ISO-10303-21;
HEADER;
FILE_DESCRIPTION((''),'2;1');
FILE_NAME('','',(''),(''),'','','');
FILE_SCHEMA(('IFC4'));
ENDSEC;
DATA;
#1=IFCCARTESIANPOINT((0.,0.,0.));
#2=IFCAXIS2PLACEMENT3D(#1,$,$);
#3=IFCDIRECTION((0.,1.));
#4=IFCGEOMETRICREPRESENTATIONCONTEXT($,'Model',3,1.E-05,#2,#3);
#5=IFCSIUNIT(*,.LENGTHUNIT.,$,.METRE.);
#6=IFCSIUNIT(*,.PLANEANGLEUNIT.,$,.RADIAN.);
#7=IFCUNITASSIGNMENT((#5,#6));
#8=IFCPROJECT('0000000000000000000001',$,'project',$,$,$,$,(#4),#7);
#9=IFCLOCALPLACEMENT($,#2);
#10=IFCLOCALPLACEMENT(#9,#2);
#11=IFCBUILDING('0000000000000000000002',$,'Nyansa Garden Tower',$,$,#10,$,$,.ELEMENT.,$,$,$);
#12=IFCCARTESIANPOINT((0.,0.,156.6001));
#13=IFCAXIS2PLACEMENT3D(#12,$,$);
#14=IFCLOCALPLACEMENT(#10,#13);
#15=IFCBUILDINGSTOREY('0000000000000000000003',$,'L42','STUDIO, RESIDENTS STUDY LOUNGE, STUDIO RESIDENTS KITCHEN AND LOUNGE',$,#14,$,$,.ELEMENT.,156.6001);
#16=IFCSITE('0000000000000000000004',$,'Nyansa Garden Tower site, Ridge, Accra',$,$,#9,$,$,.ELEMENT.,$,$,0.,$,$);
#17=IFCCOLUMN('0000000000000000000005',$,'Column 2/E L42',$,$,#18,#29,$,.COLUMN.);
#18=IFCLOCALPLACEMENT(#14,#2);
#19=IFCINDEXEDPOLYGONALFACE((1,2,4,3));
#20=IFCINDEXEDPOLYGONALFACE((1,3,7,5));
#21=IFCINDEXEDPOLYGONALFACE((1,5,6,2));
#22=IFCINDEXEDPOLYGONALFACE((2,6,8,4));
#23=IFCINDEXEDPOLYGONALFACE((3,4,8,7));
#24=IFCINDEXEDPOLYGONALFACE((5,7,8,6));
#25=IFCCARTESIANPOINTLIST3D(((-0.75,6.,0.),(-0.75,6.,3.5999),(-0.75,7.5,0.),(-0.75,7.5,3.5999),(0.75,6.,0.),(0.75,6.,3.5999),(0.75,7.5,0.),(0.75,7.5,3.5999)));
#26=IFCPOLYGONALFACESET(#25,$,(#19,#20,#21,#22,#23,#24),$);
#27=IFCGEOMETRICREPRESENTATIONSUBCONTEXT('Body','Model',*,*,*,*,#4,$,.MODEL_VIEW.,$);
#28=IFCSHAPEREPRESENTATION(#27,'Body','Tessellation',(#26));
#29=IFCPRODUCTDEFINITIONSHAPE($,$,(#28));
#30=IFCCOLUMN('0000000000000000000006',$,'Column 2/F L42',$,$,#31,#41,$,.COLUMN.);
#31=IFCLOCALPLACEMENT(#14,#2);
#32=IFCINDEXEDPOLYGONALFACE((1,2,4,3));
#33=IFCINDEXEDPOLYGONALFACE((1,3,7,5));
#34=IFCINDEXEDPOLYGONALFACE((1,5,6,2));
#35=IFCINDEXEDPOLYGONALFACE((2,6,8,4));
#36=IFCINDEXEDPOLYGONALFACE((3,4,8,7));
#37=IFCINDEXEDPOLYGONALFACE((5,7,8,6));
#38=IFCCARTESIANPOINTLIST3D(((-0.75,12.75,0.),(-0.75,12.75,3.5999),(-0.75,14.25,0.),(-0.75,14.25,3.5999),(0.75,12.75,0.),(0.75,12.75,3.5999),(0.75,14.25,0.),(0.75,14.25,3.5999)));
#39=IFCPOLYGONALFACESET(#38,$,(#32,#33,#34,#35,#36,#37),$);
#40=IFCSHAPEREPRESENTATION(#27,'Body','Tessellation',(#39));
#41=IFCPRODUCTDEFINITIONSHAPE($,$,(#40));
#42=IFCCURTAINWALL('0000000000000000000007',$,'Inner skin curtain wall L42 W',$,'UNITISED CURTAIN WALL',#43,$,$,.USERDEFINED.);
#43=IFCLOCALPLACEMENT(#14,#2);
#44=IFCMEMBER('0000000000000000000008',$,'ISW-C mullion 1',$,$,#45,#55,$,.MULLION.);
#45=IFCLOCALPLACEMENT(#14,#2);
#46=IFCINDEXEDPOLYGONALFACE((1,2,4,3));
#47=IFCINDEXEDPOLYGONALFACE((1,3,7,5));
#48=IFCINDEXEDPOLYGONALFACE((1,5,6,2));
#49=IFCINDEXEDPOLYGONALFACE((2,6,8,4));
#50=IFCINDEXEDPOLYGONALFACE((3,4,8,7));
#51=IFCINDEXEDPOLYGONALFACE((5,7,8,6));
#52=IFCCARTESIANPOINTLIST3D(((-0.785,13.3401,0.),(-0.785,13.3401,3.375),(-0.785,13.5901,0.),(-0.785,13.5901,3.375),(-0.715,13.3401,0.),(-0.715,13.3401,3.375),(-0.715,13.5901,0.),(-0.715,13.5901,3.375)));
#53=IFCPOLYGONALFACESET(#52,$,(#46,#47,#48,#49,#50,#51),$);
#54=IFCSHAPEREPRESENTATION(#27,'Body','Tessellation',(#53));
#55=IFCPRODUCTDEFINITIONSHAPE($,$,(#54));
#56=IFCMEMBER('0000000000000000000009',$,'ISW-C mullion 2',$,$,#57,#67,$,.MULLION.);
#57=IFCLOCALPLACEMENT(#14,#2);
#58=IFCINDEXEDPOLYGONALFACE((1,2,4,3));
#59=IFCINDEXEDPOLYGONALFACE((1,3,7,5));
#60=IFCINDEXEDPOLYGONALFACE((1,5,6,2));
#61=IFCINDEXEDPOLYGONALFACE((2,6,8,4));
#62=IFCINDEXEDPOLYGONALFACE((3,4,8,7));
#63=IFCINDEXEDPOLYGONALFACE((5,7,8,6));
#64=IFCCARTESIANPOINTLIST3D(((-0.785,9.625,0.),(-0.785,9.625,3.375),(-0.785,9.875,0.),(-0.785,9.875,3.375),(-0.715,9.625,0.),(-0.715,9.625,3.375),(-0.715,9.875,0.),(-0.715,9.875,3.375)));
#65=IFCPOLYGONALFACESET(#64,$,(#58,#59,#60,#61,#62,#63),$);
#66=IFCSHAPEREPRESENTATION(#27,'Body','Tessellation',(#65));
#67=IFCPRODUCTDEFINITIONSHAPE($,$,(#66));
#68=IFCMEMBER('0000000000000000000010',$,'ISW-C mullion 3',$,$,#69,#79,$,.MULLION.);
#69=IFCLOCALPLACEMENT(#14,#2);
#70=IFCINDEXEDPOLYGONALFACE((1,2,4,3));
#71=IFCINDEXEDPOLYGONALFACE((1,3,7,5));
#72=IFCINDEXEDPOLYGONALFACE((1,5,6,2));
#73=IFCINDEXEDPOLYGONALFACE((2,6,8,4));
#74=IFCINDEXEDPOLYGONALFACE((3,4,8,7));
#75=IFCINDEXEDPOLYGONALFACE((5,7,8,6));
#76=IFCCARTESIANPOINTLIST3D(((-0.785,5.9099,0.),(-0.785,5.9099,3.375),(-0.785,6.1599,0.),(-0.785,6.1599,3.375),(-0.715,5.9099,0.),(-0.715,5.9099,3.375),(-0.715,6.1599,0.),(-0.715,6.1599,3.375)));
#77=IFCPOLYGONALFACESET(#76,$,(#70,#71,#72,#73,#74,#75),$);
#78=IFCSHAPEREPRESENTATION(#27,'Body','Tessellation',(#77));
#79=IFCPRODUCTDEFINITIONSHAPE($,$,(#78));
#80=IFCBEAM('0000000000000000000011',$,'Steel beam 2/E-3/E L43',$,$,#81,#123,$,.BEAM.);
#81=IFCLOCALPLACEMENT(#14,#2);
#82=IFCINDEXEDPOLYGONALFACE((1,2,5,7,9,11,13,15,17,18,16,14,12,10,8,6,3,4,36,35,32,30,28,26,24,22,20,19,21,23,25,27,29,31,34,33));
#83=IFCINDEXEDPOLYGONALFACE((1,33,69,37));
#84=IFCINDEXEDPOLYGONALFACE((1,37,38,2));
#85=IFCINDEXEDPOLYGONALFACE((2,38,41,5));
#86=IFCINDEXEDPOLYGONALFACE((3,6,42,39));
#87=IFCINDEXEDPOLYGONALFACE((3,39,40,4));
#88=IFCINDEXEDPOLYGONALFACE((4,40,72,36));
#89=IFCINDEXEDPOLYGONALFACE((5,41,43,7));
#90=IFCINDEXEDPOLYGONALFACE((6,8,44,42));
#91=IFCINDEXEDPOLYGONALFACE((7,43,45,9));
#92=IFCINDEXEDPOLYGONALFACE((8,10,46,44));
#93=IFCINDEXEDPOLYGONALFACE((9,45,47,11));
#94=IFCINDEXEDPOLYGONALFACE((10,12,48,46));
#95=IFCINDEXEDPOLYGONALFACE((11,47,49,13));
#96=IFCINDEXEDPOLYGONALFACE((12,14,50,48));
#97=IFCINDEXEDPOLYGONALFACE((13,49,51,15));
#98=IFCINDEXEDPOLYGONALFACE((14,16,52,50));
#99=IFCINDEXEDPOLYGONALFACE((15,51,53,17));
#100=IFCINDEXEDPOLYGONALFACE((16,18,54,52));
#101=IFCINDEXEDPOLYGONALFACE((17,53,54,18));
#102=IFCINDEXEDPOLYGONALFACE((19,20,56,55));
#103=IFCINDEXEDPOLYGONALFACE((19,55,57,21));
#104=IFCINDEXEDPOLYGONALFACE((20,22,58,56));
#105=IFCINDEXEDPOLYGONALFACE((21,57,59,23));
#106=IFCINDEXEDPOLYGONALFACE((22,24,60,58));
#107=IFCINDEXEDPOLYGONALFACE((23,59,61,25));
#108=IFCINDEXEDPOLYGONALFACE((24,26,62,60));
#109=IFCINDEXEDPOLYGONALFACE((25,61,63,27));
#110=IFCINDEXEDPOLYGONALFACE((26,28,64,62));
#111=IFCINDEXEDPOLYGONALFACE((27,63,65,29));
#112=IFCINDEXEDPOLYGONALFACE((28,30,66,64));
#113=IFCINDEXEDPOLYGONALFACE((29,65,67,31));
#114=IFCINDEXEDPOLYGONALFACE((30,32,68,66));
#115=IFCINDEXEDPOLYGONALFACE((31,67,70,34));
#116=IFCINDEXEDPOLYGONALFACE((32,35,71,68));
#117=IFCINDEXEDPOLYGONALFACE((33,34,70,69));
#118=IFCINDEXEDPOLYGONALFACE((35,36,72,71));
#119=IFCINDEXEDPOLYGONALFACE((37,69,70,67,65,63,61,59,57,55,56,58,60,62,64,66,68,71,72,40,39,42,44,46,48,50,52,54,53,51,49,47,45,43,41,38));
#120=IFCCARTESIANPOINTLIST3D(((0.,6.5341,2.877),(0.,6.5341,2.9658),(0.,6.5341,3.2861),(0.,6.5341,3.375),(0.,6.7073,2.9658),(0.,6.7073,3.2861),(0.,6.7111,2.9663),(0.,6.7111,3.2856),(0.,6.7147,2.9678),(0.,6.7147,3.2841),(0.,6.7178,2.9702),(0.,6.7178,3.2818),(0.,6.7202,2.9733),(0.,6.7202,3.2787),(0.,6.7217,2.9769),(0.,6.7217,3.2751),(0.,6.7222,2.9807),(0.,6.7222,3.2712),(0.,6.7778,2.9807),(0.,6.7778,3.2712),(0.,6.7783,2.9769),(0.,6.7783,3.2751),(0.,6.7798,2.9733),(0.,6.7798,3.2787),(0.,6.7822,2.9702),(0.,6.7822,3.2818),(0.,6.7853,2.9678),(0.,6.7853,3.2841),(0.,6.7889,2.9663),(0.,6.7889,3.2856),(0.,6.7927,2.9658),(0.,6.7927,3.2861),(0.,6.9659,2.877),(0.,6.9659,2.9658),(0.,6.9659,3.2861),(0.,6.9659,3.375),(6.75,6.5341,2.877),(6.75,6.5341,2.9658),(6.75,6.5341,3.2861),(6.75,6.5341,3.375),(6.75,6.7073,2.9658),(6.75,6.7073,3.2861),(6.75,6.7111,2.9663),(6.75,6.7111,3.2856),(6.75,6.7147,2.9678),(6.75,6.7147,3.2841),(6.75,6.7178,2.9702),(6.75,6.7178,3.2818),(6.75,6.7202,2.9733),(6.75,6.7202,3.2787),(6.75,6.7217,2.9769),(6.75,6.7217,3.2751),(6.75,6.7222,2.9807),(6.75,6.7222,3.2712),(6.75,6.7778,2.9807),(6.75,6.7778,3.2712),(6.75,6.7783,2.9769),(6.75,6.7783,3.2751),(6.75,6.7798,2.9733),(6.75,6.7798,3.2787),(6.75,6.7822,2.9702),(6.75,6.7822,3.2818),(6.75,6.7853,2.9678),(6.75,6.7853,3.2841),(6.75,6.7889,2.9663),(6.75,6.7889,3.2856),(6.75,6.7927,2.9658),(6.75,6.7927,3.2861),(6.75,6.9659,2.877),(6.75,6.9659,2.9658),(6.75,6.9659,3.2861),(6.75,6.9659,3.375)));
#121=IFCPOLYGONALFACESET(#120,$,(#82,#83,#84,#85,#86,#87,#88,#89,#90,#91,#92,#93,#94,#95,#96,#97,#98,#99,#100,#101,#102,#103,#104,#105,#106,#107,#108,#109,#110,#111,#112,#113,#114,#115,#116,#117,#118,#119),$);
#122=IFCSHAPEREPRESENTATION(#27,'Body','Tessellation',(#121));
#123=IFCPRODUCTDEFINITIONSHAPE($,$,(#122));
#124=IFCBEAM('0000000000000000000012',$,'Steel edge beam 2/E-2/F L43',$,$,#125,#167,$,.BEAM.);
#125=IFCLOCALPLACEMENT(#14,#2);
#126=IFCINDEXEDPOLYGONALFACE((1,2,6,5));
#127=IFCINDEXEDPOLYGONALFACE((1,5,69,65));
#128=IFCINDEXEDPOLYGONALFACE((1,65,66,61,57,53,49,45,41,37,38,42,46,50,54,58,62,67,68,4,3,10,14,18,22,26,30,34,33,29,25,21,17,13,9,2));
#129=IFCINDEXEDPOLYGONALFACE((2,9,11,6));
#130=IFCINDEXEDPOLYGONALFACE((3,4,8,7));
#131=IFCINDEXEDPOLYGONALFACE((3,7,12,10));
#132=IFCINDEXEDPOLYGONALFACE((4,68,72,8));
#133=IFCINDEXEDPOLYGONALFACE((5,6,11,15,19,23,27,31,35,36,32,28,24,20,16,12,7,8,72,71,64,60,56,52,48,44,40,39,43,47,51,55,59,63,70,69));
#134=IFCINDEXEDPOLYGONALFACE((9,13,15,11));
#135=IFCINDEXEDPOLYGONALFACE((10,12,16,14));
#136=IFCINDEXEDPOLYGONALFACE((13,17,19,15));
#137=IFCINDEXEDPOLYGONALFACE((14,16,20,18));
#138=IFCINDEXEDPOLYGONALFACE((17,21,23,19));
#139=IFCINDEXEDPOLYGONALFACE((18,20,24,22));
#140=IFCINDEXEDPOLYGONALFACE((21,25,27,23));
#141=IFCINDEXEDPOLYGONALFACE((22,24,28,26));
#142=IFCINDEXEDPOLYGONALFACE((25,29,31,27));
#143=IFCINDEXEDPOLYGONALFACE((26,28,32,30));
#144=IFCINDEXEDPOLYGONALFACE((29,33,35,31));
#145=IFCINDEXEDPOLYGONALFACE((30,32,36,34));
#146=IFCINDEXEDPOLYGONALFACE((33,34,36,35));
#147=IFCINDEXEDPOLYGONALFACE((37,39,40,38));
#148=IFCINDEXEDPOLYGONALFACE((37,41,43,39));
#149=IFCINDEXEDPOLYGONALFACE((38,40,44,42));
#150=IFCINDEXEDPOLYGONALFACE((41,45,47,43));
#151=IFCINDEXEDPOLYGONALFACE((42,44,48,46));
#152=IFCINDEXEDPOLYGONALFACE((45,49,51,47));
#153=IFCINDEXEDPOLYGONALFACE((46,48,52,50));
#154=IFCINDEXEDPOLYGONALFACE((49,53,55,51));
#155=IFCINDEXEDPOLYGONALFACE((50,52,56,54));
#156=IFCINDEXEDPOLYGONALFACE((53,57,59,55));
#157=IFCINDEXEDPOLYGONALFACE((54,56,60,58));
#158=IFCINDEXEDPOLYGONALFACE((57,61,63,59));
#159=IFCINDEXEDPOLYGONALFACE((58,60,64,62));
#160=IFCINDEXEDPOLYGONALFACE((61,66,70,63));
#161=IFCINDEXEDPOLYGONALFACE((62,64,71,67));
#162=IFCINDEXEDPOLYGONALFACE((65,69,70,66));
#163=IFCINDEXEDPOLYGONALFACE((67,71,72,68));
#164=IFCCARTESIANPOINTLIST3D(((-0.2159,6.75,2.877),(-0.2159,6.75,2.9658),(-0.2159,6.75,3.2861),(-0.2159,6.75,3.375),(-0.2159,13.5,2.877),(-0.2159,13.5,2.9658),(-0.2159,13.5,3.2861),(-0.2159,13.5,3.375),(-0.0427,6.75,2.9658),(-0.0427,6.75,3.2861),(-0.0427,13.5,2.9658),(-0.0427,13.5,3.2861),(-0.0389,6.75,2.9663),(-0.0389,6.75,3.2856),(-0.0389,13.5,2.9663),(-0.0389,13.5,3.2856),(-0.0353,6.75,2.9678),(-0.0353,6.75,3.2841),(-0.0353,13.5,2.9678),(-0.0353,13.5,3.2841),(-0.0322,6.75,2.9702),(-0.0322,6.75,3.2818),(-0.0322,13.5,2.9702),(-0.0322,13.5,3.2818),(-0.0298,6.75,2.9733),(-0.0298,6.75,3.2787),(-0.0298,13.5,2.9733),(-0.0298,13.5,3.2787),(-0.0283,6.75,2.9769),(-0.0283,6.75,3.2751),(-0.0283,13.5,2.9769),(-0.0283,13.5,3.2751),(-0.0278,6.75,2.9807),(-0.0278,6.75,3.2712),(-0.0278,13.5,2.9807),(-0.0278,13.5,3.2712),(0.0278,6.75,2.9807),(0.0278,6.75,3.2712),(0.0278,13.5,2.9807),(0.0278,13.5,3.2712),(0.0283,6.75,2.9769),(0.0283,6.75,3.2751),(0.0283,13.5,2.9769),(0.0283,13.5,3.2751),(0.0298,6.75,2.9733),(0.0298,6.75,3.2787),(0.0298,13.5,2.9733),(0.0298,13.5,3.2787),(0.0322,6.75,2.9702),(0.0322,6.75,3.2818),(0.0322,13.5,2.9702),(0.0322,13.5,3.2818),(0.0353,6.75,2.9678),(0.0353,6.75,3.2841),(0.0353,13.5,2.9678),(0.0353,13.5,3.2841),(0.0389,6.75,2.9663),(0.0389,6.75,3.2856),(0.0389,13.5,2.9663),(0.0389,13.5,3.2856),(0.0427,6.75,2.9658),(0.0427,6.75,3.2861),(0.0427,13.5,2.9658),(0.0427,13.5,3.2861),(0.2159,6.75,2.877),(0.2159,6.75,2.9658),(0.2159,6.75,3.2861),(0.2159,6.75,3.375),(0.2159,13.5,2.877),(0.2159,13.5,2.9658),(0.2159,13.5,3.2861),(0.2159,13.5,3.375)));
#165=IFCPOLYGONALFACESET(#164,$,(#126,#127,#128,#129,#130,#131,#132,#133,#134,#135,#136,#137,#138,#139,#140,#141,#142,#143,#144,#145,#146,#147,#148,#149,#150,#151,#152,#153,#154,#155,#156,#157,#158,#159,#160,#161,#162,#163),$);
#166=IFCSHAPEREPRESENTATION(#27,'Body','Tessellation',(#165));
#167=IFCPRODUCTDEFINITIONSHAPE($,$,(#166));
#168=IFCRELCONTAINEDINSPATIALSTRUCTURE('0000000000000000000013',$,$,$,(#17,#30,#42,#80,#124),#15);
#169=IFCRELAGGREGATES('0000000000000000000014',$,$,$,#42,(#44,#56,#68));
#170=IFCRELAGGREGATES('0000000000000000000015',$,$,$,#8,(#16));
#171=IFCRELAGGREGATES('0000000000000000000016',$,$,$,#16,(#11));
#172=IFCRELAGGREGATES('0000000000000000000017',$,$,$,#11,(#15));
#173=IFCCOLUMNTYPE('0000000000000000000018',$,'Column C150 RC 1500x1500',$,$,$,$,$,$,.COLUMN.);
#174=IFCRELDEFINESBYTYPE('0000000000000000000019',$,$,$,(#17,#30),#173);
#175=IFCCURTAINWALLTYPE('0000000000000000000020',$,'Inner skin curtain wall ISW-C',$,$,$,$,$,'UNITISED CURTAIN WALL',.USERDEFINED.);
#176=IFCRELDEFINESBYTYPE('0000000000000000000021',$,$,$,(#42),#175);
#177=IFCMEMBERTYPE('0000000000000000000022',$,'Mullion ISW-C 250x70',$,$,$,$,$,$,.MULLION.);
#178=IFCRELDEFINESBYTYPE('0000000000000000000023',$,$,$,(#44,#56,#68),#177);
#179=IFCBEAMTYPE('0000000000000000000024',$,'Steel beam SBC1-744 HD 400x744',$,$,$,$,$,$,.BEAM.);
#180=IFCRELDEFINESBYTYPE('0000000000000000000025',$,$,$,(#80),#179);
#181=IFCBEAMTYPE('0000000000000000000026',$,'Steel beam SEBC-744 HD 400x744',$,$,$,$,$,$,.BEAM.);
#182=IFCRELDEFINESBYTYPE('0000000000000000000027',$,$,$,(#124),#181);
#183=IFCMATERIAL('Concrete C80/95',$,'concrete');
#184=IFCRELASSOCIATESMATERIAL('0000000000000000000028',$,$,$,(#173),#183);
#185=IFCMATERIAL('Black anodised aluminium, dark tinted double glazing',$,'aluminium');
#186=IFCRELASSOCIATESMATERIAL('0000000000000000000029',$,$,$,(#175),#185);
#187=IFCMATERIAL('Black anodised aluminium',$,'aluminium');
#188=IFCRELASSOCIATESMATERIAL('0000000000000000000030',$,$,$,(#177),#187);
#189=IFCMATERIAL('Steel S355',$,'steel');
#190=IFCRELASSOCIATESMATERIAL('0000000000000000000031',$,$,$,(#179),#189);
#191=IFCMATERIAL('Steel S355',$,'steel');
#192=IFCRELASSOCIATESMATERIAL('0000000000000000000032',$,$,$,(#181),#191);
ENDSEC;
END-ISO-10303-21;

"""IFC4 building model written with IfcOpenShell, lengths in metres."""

from ifc_helpers import new_model, si_unit, direction, frame, origin, origin_2d, place, context, subcontext, project, spatial, rectangle, i_section, extrude, material, material_profile, profile_set, type_object, element, aggregate, save


model = new_model("IFC4")

# Units and contexts
model_context = context("Model", 3, precision=1e-05, world=origin(), true_north=direction((0.0, 1.0)))
body_context = subcontext(model_context, "Body", "Model", "MODEL_VIEW")
ifc_project = project(units=[si_unit("LENGTHUNIT", "METRE"), si_unit("PLANEANGLEUNIT", "RADIAN")], contexts=[model_context])

# Site, building, storey
site_placement = place(None, origin())
site = spatial("IfcSite", under=ifc_project, at=site_placement, Name="Nyansa Garden Tower site, Ridge, Accra", CompositionType="ELEMENT", RefElevation=0.0)
building_placement = place(site_placement, origin())
building = spatial("IfcBuilding", under=site, at=building_placement, Name="Nyansa Garden Tower", CompositionType="ELEMENT")
storey_placement = place(building_placement, frame((0.0, 0.0, 156.6001)))
storey = spatial("IfcBuildingStorey", under=building, at=storey_placement, Name="L42", Description="STUDIO, RESIDENTS STUDY LOUNGE, STUDIO RESIDENTS KITCHEN AND LOUNGE", CompositionType="ELEMENT", Elevation=156.6001)

# Columns
ifc_material_1 = material(Name="Concrete C80/95", Category="concrete")
ifc_material_profile_1 = material_profile(ifc_material_1, rectangle(XDim=1.5, YDim=1.5, at=origin_2d()), Name="RC 1500x1500")
ifc_profile_set_1 = profile_set([ifc_material_profile_1], Name="Concrete C80/95")
column_type = type_object("IfcColumnType", Name="Column C150 RC 1500x1500", PredefinedType="COLUMN", material=ifc_profile_set_1)
for number, where, z_axis, x_axis, name in (
    (1, (0.0, 6.75, 0.0), (0.0, 0.0, 1.0), (1.0, 0.0, 0.0), "Column 2/E L42"),
    (2, (0.0, 13.5, 0.0), (0.0, 0.0, 1.0), (1.0, 0.0, 0.0), "Column 2/F L42"),
):
    element("IfcColumn", number, at=place(storey_placement, frame(where, z_axis=z_axis, x_axis=x_axis)), inside=storey, type_object=column_type, Name=name, PredefinedType="COLUMN", context=body_context, shape_type="SweptSolid", body=[
        extrude(rectangle(XDim=1.5, YDim=1.5, at=origin_2d()), origin(), (0.0, 0.0, 1.0), 3.5999),
    ])

# Curtain wall, members
ifc_material_2 = material(Name="Black anodised aluminium, dark tinted double glazing", Category="aluminium")
curtain_wall_type = type_object("IfcCurtainWallType", Name="Inner skin curtain wall ISW-C", ElementType="UNITISED CURTAIN WALL", PredefinedType="USERDEFINED", material=ifc_material_2)
curtain_wall_placement = place(storey_placement, origin())
curtain_wall = element("IfcCurtainWall", 3, at=curtain_wall_placement, inside=storey, type_object=curtain_wall_type, Name="Inner skin curtain wall L42 W", ObjectType="UNITISED CURTAIN WALL", PredefinedType="USERDEFINED")
ifc_material_3 = material(Name="Black anodised aluminium", Category="aluminium")
ifc_material_profile_2 = material_profile(ifc_material_3, rectangle(XDim=0.0701, YDim=0.25, at=origin_2d()), Name="Mullion 250x70")
ifc_profile_set_2 = profile_set([ifc_material_profile_2], Name="Black anodised aluminium")
member_type_1 = type_object("IfcMemberType", Name="Mullion ISW-C 250x70", PredefinedType="MULLION", material=ifc_profile_set_2)
member_1_placement = place(storey_placement, frame((-0.75, 13.4651, 0.0), z_axis=(0.0, 0.0, 1.0), x_axis=(1.0, 0.0, 0.0)))
member_1 = element("IfcMember", 4, at=member_1_placement, type_object=member_type_1, Name="ISW-C mullion 1", PredefinedType="MULLION", context=body_context, shape_type="SweptSolid", body=[
    extrude(rectangle(XDim=0.0701, YDim=0.25, at=origin_2d()), origin(), (0.0, 0.0, 1.0), 3.375),
])
member_2_placement = place(storey_placement, frame((-0.75, 9.75, 0.0), z_axis=(0.0, 0.0, 1.0), x_axis=(1.0, 0.0, 0.0)))
member_2 = element("IfcMember", 5, at=member_2_placement, type_object=member_type_1, Name="ISW-C mullion 2", PredefinedType="MULLION", context=body_context, shape_type="SweptSolid", body=[
    extrude(rectangle(XDim=0.0701, YDim=0.25, at=origin_2d()), origin(), (0.0, 0.0, 1.0), 3.375),
])
member_3_placement = place(storey_placement, frame((-0.75, 6.0349, 0.0), z_axis=(0.0, 0.0, 1.0), x_axis=(1.0, 0.0, 0.0)))
member_3 = element("IfcMember", 6, at=member_3_placement, type_object=member_type_1, Name="ISW-C mullion 3", PredefinedType="MULLION", context=body_context, shape_type="SweptSolid", body=[
    extrude(rectangle(XDim=0.0701, YDim=0.25, at=origin_2d()), origin(), (0.0, 0.0, 1.0), 3.375),
])

# Beams
ifc_material_4 = material(Name="Steel S355", Category="steel")
ifc_material_profile_3 = material_profile(ifc_material_4, i_section(OverallWidth=0.4319, OverallDepth=0.498, WebThickness=0.0557, FlangeThickness=0.0889, FilletRadius=0.0149, at=origin_2d()), Name="HD 400x744")
ifc_profile_set_3 = profile_set([ifc_material_profile_3], Name="Steel S355")
beam_type_1 = type_object("IfcBeamType", Name="Steel beam SBC1-744 HD 400x744", PredefinedType="BEAM", material=ifc_profile_set_3)
beam_placement = place(storey_placement, frame((0.0, 6.75, 3.126), z_axis=(1.0, 0.0, 0.0), x_axis=(0.0, 1.0, 0.0)))
element("IfcBeam", 7, at=beam_placement, inside=storey, type_object=beam_type_1, Name="Steel beam 2/E-3/E L43", PredefinedType="BEAM", context=body_context, shape_type="SweptSolid", body=[
    extrude(i_section(OverallWidth=0.4319, OverallDepth=0.498, WebThickness=0.0557, FlangeThickness=0.0889, FilletRadius=0.0149, at=origin_2d()), origin(), (0.0, 0.0, 1.0), 6.75),
])
ifc_material_5 = material(Name="Steel S355", Category="steel")
ifc_material_profile_4 = material_profile(ifc_material_5, i_section(OverallWidth=0.4319, OverallDepth=0.498, WebThickness=0.0557, FlangeThickness=0.0889, FilletRadius=0.0149, at=origin_2d()), Name="HD 400x744")
ifc_profile_set_4 = profile_set([ifc_material_profile_4], Name="Steel S355")
beam_type_2 = type_object("IfcBeamType", Name="Steel beam SEBC-744 HD 400x744", PredefinedType="BEAM", material=ifc_profile_set_4)
for number, where, z_axis, x_axis, name in (
    (8, (0.0, 6.75, 3.126), (0.0, 1.0, 0.0), (-1.0, 0.0, 0.0), "Steel edge beam 2/E-2/F L43"),
):
    element("IfcBeam", number, at=place(storey_placement, frame(where, z_axis=z_axis, x_axis=x_axis)), inside=storey, type_object=beam_type_2, Name=name, PredefinedType="BEAM", context=body_context, shape_type="SweptSolid", body=[
        extrude(i_section(OverallWidth=0.4319, OverallDepth=0.498, WebThickness=0.0557, FlangeThickness=0.0889, FilletRadius=0.0149, at=origin_2d()), origin(), (0.0, 0.0, 1.0), 6.75),
    ])

aggregate(curtain_wall, [member_1, member_2, member_3])

save(model, "model.ifc")
